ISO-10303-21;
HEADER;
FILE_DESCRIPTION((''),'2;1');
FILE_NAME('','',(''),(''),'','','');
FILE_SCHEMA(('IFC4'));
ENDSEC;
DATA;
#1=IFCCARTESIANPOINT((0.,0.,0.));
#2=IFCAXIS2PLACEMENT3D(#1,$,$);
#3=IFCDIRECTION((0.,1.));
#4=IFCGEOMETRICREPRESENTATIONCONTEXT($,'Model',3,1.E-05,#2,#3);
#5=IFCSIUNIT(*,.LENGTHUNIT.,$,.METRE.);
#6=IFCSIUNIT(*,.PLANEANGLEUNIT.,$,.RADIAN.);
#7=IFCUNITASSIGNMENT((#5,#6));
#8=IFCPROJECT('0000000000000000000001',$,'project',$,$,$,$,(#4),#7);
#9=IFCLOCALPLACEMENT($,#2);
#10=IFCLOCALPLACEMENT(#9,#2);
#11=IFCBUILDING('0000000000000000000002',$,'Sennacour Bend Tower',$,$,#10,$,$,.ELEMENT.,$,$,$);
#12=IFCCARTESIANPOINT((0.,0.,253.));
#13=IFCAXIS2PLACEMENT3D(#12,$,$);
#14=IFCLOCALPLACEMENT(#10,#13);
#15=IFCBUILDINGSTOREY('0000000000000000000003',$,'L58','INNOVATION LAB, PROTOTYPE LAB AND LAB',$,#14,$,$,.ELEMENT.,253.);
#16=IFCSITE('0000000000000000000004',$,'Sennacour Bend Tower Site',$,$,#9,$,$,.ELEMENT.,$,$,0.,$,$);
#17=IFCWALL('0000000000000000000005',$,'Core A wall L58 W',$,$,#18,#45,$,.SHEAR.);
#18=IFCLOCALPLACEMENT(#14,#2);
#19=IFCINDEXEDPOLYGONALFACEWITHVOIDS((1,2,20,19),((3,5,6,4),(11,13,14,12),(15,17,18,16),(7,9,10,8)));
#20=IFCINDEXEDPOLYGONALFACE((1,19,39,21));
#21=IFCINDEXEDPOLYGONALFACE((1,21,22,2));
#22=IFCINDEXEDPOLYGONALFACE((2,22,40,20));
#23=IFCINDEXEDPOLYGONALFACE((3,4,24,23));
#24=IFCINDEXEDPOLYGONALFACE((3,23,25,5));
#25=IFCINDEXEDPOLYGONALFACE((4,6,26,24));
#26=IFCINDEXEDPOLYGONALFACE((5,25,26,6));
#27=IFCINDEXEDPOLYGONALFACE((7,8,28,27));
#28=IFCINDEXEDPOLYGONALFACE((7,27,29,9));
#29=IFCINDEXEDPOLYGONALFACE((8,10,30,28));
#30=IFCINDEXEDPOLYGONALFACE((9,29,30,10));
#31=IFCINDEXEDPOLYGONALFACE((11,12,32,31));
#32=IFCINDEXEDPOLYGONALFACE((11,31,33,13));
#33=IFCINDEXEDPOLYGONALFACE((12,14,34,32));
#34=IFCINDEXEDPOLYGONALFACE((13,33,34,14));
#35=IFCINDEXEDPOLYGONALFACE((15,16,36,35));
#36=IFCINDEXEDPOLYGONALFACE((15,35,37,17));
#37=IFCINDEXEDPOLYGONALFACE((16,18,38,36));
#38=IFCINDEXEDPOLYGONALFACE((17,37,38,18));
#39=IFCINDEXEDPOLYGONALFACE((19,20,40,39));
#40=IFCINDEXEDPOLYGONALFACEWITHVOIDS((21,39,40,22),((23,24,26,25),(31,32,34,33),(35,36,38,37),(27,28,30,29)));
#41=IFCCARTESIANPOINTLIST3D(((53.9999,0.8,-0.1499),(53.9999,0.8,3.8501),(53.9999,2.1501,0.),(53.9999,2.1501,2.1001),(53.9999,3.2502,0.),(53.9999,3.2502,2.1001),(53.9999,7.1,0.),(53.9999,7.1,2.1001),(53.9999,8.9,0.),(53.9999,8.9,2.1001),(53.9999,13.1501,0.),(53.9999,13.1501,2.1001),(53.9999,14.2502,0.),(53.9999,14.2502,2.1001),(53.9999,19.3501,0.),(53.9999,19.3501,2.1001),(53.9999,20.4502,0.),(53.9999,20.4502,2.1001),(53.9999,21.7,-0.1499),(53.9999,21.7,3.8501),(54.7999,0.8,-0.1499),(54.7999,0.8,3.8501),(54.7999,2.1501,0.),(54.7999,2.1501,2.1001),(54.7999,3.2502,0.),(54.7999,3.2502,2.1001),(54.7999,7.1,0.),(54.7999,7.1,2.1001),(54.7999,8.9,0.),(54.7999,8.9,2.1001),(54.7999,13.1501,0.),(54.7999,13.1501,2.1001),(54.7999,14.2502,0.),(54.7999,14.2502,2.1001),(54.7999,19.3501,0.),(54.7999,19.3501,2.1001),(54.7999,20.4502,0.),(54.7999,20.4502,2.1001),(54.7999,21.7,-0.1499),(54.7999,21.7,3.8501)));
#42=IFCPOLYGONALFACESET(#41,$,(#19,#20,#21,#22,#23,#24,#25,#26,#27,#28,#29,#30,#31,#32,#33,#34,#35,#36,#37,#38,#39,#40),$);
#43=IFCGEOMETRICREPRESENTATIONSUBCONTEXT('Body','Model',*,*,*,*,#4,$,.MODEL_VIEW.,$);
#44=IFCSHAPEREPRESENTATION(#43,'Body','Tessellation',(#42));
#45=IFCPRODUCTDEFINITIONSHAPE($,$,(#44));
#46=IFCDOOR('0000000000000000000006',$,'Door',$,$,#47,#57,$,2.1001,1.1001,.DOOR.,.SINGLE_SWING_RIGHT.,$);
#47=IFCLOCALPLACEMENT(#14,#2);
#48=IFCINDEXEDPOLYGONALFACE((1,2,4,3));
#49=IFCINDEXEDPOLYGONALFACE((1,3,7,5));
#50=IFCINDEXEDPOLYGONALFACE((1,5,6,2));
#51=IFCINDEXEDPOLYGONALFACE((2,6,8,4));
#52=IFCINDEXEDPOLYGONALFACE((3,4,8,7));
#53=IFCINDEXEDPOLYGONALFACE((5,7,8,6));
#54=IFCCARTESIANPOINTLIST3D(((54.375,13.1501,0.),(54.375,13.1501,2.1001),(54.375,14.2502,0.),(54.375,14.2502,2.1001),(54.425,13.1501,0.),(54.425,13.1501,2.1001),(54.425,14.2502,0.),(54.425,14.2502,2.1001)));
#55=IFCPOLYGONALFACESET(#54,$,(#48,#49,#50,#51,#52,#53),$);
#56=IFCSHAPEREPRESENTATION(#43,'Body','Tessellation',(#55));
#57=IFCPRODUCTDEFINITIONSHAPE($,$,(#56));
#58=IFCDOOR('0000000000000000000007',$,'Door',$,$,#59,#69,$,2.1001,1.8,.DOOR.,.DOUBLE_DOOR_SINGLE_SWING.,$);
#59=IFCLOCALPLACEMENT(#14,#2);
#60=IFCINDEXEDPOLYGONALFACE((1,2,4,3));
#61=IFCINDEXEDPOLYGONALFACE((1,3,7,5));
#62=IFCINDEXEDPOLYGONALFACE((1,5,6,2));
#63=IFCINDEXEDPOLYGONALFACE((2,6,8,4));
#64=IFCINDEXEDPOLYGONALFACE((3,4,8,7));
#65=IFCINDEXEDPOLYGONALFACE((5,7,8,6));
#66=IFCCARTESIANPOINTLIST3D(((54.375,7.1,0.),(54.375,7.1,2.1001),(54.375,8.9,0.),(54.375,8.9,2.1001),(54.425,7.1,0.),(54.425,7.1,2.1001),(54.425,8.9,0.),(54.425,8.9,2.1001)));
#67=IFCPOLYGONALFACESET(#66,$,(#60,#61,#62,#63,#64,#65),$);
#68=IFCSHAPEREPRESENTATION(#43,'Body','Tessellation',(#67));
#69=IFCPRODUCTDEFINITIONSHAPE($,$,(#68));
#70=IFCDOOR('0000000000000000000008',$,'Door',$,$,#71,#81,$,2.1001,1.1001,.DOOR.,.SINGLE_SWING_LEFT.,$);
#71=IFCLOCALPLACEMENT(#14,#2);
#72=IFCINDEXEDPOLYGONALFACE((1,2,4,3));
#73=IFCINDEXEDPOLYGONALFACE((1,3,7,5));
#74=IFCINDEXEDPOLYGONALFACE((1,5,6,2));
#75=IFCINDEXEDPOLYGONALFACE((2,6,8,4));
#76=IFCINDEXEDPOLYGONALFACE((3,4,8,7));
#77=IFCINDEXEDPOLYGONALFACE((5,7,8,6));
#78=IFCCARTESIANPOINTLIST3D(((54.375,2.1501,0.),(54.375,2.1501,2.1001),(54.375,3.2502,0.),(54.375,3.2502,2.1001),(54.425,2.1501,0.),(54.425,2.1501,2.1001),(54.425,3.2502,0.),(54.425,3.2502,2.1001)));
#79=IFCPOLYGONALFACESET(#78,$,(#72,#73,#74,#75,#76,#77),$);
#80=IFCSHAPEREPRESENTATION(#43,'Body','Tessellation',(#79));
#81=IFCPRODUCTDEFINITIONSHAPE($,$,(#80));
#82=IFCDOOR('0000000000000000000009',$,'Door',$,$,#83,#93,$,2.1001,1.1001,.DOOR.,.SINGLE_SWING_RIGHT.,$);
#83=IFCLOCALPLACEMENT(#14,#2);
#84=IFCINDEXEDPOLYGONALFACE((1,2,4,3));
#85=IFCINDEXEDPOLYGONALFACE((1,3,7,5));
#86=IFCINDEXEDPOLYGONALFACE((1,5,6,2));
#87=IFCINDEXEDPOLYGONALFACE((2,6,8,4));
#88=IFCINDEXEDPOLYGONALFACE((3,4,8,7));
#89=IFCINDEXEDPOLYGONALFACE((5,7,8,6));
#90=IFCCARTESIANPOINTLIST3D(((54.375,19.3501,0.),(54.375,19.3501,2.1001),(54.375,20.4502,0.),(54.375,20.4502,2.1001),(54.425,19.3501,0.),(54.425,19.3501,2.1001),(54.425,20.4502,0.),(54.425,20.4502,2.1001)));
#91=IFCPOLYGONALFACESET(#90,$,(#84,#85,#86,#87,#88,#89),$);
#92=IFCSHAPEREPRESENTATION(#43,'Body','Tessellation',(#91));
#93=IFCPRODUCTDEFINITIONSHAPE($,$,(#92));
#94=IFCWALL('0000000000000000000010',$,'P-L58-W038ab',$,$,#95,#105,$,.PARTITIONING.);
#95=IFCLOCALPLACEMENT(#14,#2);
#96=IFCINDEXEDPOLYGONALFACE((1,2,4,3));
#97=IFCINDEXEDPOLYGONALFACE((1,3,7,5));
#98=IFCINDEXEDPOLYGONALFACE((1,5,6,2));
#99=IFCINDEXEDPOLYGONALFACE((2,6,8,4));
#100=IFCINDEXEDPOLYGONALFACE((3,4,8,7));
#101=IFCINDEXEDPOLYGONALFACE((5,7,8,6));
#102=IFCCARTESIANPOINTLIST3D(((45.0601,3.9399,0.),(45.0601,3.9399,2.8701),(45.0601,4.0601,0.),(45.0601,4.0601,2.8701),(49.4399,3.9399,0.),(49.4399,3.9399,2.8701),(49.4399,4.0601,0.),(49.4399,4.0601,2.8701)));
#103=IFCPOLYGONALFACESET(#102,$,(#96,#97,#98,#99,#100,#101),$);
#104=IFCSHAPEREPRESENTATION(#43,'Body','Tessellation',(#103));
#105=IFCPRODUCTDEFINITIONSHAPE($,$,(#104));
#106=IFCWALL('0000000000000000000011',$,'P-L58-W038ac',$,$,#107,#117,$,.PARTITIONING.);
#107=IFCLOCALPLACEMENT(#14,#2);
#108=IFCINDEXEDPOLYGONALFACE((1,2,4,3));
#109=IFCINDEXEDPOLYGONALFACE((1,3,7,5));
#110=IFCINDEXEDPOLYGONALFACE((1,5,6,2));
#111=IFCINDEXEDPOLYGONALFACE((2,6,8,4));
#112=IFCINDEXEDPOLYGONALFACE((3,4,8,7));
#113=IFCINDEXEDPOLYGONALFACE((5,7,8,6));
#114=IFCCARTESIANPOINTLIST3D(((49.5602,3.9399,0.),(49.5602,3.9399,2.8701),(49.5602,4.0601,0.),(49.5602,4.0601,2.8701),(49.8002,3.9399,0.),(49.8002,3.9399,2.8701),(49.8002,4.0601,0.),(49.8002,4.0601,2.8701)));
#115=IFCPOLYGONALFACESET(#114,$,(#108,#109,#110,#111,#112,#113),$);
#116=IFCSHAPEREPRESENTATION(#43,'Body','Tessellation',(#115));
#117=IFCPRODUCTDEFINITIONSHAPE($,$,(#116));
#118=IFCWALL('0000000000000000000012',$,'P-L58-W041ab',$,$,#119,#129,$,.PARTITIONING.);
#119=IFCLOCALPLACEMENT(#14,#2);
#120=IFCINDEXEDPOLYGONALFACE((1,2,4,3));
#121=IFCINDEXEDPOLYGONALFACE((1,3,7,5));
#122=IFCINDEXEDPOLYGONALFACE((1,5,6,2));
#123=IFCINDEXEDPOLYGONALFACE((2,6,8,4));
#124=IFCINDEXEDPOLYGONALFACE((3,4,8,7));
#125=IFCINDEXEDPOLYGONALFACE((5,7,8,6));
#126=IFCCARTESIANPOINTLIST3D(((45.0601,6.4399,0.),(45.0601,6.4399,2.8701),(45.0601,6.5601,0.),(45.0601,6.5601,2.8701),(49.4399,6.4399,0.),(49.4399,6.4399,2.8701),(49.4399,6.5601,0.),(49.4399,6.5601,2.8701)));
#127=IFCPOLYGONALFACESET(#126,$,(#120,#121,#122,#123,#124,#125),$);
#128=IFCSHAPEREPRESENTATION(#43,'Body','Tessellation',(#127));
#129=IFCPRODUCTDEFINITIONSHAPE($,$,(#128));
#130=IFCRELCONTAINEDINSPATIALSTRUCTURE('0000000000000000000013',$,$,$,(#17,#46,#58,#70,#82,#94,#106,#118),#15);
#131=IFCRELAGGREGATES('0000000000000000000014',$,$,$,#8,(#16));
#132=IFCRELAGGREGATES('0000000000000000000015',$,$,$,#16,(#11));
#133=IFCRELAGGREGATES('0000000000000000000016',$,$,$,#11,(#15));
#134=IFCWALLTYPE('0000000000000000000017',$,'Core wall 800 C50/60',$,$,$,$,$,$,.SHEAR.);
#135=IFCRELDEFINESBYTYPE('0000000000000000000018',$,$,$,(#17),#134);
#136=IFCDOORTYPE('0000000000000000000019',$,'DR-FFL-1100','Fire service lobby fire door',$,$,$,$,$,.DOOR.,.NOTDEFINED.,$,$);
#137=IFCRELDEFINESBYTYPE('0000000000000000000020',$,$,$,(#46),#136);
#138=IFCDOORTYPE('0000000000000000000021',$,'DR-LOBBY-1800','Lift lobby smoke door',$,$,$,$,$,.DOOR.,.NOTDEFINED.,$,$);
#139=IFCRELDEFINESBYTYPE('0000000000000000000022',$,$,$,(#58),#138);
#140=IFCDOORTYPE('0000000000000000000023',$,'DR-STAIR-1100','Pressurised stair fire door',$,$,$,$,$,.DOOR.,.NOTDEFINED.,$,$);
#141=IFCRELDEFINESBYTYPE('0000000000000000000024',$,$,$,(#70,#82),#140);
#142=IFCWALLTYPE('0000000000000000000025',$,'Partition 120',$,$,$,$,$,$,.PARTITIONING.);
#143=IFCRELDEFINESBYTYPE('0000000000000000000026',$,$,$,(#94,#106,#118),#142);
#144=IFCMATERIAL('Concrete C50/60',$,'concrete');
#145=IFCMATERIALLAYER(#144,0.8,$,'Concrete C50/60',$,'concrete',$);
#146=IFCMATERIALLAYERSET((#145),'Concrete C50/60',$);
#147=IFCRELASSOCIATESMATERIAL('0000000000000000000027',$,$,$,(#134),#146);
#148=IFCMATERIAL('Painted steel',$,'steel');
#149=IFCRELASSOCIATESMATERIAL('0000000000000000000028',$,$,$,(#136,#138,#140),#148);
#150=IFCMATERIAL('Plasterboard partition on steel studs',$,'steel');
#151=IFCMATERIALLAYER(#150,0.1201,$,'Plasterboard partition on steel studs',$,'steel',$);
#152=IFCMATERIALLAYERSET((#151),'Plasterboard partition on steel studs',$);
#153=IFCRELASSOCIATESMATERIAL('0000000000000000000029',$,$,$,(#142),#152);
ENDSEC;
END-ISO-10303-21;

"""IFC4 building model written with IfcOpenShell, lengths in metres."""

from ifc_helpers import new_model, si_unit, direction, frame, frame_2d, origin, place, context, subcontext, project, spatial, rectangle, extrude, material, layer, layer_set, type_object, element, fill, save


model = new_model("IFC4")

# Units and contexts
model_context = context("Model", 3, precision=1e-05, world=origin(), true_north=direction((0.0, 1.0)))
body_context = subcontext(model_context, "Body", "Model", "MODEL_VIEW")
ifc_project = project(units=[si_unit("LENGTHUNIT", "METRE"), si_unit("PLANEANGLEUNIT", "RADIAN")], contexts=[model_context])

# Site, building, storey
site_placement = place(None, origin())
site = spatial("IfcSite", under=ifc_project, at=site_placement, Name="Sennacour Bend Tower Site", CompositionType="ELEMENT", RefElevation=0.0)
building_placement = place(site_placement, origin())
building = spatial("IfcBuilding", under=site, at=building_placement, Name="Sennacour Bend Tower", CompositionType="ELEMENT")
storey_placement = place(building_placement, frame((0.0, 0.0, 253.0)))
storey = spatial("IfcBuildingStorey", under=building, at=storey_placement, Name="L58", Description="INNOVATION LAB, PROTOTYPE LAB AND LAB", CompositionType="ELEMENT", Elevation=253.0)

# Wall, openings, doors
ifc_material_1 = material(Name="Concrete C50/60", Category="concrete")
ifc_layer_1 = layer(ifc_material_1, 0.8, Name="Concrete C50/60", Category="concrete")
ifc_layer_set_1 = layer_set([ifc_layer_1], Name="Concrete C50/60")
wall_type_1 = type_object("IfcWallType", Name="Core wall 800 C50/60", PredefinedType="SHEAR", material=ifc_layer_set_1)
wall_1_placement = place(storey_placement, frame((54.3999, 0.8, -0.1499), z_axis=(0.0, 0.0, 1.0), x_axis=(0.0, 1.0, 0.0)))
wall_1 = element("IfcWall", 1, at=wall_1_placement, inside=storey, type_object=wall_type_1, Name="Core A wall L58 W", PredefinedType="SHEAR", context=body_context, shape_type="SweptSolid", body=[
    extrude(rectangle(XDim=20.8999, YDim=0.8, at=frame_2d((10.45, 0.0))), origin(), (0.0, 0.0, 1.0), 4.0),
])
opening_1_placement = place(wall_1_placement, frame((6.3, 0.0, 0.1499)))
opening_1 = element("IfcOpeningElement", 2, at=opening_1_placement, cuts=wall_1, PredefinedType="OPENING", context=body_context, shape_type="SweptSolid", body=[
    extrude(rectangle(XDim=1.8, YDim=2.1001, at=frame_2d((0.8999, 1.05))), frame((0.0, 0.4102, 0.0), z_axis=(0.0, -1.0, 0.0), x_axis=(1.0, 0.0, 0.0)), (0.0, 0.0, 1.0), 0.8201),
])
opening_2_placement = place(wall_1_placement, frame((12.3501, 0.0, 0.1499)))
opening_2 = element("IfcOpeningElement", 3, at=opening_2_placement, cuts=wall_1, PredefinedType="OPENING", context=body_context, shape_type="SweptSolid", body=[
    extrude(rectangle(XDim=1.1001, YDim=2.1001, at=frame_2d((0.55, 1.05))), frame((0.0, 0.4102, 0.0), z_axis=(0.0, -1.0, 0.0), x_axis=(1.0, 0.0, 0.0)), (0.0, 0.0, 1.0), 0.8201),
])
opening_3_placement = place(wall_1_placement, frame((1.3501, 0.0, 0.1499)))
opening_3 = element("IfcOpeningElement", 4, at=opening_3_placement, cuts=wall_1, PredefinedType="OPENING", context=body_context, shape_type="SweptSolid", body=[
    extrude(rectangle(XDim=1.1001, YDim=2.1001, at=frame_2d((0.55, 1.05))), frame((0.0, 0.4102, 0.0), z_axis=(0.0, -1.0, 0.0), x_axis=(1.0, 0.0, 0.0)), (0.0, 0.0, 1.0), 0.8201),
])
opening_4_placement = place(wall_1_placement, frame((18.55, 0.0, 0.1499)))
opening_4 = element("IfcOpeningElement", 5, at=opening_4_placement, cuts=wall_1, PredefinedType="OPENING", context=body_context, shape_type="SweptSolid", body=[
    extrude(rectangle(XDim=1.1001, YDim=2.1001, at=frame_2d((0.55, 1.05))), frame((0.0, 0.4102, 0.0), z_axis=(0.0, -1.0, 0.0), x_axis=(1.0, 0.0, 0.0)), (0.0, 0.0, 1.0), 0.8201),
])
ifc_material_2 = material(Name="Painted steel", Category="steel")
door_type_1 = type_object("IfcDoorType", Name="DR-FFL-1100", Description="Fire service lobby fire door", OperationType="NOTDEFINED", PredefinedType="DOOR", material=ifc_material_2)
door_1_placement = place(opening_2_placement, origin())
door_1 = element("IfcDoor", 6, at=door_1_placement, inside=storey, type_object=door_type_1, Name="Door", OperationType="SINGLE_SWING_RIGHT", OverallHeight=2.1001, OverallWidth=1.1001, PredefinedType="DOOR", context=body_context, shape_type="SweptSolid", body=[
    extrude(rectangle(XDim=1.1001, YDim=2.1001, at=frame_2d((0.55, 1.05))), frame((0.0, 0.0249, 0.0), z_axis=(0.0, -1.0, 0.0), x_axis=(1.0, 0.0, 0.0)), (0.0, 0.0, 1.0), 0.05),
])
fill(opening_2, door_1)
door_type_2 = type_object("IfcDoorType", Name="DR-LOBBY-1800", Description="Lift lobby smoke door", OperationType="NOTDEFINED", PredefinedType="DOOR", material=ifc_material_2)
door_2_placement = place(opening_1_placement, origin())
door_2 = element("IfcDoor", 7, at=door_2_placement, inside=storey, type_object=door_type_2, Name="Door", OperationType="DOUBLE_DOOR_SINGLE_SWING", OverallHeight=2.1001, OverallWidth=1.8, PredefinedType="DOOR", context=body_context, shape_type="SweptSolid", body=[
    extrude(rectangle(XDim=1.8, YDim=2.1001, at=frame_2d((0.8999, 1.05))), frame((0.0, 0.0249, 0.0), z_axis=(0.0, -1.0, 0.0), x_axis=(1.0, 0.0, 0.0)), (0.0, 0.0, 1.0), 0.05),
])
fill(opening_1, door_2)
door_type_3 = type_object("IfcDoorType", Name="DR-STAIR-1100", Description="Pressurised stair fire door", OperationType="NOTDEFINED", PredefinedType="DOOR", material=ifc_material_2)
door_3_placement = place(opening_3_placement, origin())
door_3 = element("IfcDoor", 8, at=door_3_placement, inside=storey, type_object=door_type_3, Name="Door", OperationType="SINGLE_SWING_LEFT", OverallHeight=2.1001, OverallWidth=1.1001, PredefinedType="DOOR", context=body_context, shape_type="SweptSolid", body=[
    extrude(rectangle(XDim=1.1001, YDim=2.1001, at=frame_2d((0.55, 1.05))), frame((0.0, 0.0249, 0.0), z_axis=(0.0, -1.0, 0.0), x_axis=(1.0, 0.0, 0.0)), (0.0, 0.0, 1.0), 0.05),
])
fill(opening_3, door_3)
door_4_placement = place(opening_4_placement, origin())
door_4 = element("IfcDoor", 9, at=door_4_placement, inside=storey, type_object=door_type_3, Name="Door", OperationType="SINGLE_SWING_RIGHT", OverallHeight=2.1001, OverallWidth=1.1001, PredefinedType="DOOR", context=body_context, shape_type="SweptSolid", body=[
    extrude(rectangle(XDim=1.1001, YDim=2.1001, at=frame_2d((0.55, 1.05))), frame((0.0, 0.0249, 0.0), z_axis=(0.0, -1.0, 0.0), x_axis=(1.0, 0.0, 0.0)), (0.0, 0.0, 1.0), 0.05),
])
fill(opening_4, door_4)

# Walls
ifc_material_3 = material(Name="Plasterboard partition on steel studs", Category="steel")
ifc_layer_2 = layer(ifc_material_3, 0.1201, Name="Plasterboard partition on steel studs", Category="steel")
ifc_layer_set_2 = layer_set([ifc_layer_2], Name="Plasterboard partition on steel studs")
wall_type_2 = type_object("IfcWallType", Name="Partition 120", PredefinedType="PARTITIONING", material=ifc_layer_set_2)
wall_2_placement = place(storey_placement, frame((45.0601, 4.0, 0.0), z_axis=(0.0, 0.0, 1.0), x_axis=(1.0, 0.0, 0.0)))
element("IfcWall", 10, at=wall_2_placement, inside=storey, type_object=wall_type_2, Name="P-L58-W038ab", PredefinedType="PARTITIONING", context=body_context, shape_type="SweptSolid", body=[
    extrude(rectangle(XDim=4.3799, YDim=0.1201, at=frame_2d((2.1899, 0.0))), origin(), (0.0, 0.0, 1.0), 2.8701),
])
wall_3_placement = place(storey_placement, frame((49.5601, 4.0, 0.0), z_axis=(0.0, 0.0, 1.0), x_axis=(1.0, 0.0, 0.0)))
element("IfcWall", 11, at=wall_3_placement, inside=storey, type_object=wall_type_2, Name="P-L58-W038ac", PredefinedType="PARTITIONING", context=body_context, shape_type="SweptSolid", body=[
    extrude(rectangle(XDim=0.24, YDim=0.1201, at=frame_2d((0.1201, 0.0))), origin(), (0.0, 0.0, 1.0), 2.8701),
])
wall_4_placement = place(storey_placement, frame((45.0601, 6.5, 0.0), z_axis=(0.0, 0.0, 1.0), x_axis=(1.0, 0.0, 0.0)))
element("IfcWall", 12, at=wall_4_placement, inside=storey, type_object=wall_type_2, Name="P-L58-W041ab", PredefinedType="PARTITIONING", context=body_context, shape_type="SweptSolid", body=[
    extrude(rectangle(XDim=4.3799, YDim=0.1201, at=frame_2d((2.1899, 0.0))), origin(), (0.0, 0.0, 1.0), 2.8701),
])

save(model, "model.ifc")
